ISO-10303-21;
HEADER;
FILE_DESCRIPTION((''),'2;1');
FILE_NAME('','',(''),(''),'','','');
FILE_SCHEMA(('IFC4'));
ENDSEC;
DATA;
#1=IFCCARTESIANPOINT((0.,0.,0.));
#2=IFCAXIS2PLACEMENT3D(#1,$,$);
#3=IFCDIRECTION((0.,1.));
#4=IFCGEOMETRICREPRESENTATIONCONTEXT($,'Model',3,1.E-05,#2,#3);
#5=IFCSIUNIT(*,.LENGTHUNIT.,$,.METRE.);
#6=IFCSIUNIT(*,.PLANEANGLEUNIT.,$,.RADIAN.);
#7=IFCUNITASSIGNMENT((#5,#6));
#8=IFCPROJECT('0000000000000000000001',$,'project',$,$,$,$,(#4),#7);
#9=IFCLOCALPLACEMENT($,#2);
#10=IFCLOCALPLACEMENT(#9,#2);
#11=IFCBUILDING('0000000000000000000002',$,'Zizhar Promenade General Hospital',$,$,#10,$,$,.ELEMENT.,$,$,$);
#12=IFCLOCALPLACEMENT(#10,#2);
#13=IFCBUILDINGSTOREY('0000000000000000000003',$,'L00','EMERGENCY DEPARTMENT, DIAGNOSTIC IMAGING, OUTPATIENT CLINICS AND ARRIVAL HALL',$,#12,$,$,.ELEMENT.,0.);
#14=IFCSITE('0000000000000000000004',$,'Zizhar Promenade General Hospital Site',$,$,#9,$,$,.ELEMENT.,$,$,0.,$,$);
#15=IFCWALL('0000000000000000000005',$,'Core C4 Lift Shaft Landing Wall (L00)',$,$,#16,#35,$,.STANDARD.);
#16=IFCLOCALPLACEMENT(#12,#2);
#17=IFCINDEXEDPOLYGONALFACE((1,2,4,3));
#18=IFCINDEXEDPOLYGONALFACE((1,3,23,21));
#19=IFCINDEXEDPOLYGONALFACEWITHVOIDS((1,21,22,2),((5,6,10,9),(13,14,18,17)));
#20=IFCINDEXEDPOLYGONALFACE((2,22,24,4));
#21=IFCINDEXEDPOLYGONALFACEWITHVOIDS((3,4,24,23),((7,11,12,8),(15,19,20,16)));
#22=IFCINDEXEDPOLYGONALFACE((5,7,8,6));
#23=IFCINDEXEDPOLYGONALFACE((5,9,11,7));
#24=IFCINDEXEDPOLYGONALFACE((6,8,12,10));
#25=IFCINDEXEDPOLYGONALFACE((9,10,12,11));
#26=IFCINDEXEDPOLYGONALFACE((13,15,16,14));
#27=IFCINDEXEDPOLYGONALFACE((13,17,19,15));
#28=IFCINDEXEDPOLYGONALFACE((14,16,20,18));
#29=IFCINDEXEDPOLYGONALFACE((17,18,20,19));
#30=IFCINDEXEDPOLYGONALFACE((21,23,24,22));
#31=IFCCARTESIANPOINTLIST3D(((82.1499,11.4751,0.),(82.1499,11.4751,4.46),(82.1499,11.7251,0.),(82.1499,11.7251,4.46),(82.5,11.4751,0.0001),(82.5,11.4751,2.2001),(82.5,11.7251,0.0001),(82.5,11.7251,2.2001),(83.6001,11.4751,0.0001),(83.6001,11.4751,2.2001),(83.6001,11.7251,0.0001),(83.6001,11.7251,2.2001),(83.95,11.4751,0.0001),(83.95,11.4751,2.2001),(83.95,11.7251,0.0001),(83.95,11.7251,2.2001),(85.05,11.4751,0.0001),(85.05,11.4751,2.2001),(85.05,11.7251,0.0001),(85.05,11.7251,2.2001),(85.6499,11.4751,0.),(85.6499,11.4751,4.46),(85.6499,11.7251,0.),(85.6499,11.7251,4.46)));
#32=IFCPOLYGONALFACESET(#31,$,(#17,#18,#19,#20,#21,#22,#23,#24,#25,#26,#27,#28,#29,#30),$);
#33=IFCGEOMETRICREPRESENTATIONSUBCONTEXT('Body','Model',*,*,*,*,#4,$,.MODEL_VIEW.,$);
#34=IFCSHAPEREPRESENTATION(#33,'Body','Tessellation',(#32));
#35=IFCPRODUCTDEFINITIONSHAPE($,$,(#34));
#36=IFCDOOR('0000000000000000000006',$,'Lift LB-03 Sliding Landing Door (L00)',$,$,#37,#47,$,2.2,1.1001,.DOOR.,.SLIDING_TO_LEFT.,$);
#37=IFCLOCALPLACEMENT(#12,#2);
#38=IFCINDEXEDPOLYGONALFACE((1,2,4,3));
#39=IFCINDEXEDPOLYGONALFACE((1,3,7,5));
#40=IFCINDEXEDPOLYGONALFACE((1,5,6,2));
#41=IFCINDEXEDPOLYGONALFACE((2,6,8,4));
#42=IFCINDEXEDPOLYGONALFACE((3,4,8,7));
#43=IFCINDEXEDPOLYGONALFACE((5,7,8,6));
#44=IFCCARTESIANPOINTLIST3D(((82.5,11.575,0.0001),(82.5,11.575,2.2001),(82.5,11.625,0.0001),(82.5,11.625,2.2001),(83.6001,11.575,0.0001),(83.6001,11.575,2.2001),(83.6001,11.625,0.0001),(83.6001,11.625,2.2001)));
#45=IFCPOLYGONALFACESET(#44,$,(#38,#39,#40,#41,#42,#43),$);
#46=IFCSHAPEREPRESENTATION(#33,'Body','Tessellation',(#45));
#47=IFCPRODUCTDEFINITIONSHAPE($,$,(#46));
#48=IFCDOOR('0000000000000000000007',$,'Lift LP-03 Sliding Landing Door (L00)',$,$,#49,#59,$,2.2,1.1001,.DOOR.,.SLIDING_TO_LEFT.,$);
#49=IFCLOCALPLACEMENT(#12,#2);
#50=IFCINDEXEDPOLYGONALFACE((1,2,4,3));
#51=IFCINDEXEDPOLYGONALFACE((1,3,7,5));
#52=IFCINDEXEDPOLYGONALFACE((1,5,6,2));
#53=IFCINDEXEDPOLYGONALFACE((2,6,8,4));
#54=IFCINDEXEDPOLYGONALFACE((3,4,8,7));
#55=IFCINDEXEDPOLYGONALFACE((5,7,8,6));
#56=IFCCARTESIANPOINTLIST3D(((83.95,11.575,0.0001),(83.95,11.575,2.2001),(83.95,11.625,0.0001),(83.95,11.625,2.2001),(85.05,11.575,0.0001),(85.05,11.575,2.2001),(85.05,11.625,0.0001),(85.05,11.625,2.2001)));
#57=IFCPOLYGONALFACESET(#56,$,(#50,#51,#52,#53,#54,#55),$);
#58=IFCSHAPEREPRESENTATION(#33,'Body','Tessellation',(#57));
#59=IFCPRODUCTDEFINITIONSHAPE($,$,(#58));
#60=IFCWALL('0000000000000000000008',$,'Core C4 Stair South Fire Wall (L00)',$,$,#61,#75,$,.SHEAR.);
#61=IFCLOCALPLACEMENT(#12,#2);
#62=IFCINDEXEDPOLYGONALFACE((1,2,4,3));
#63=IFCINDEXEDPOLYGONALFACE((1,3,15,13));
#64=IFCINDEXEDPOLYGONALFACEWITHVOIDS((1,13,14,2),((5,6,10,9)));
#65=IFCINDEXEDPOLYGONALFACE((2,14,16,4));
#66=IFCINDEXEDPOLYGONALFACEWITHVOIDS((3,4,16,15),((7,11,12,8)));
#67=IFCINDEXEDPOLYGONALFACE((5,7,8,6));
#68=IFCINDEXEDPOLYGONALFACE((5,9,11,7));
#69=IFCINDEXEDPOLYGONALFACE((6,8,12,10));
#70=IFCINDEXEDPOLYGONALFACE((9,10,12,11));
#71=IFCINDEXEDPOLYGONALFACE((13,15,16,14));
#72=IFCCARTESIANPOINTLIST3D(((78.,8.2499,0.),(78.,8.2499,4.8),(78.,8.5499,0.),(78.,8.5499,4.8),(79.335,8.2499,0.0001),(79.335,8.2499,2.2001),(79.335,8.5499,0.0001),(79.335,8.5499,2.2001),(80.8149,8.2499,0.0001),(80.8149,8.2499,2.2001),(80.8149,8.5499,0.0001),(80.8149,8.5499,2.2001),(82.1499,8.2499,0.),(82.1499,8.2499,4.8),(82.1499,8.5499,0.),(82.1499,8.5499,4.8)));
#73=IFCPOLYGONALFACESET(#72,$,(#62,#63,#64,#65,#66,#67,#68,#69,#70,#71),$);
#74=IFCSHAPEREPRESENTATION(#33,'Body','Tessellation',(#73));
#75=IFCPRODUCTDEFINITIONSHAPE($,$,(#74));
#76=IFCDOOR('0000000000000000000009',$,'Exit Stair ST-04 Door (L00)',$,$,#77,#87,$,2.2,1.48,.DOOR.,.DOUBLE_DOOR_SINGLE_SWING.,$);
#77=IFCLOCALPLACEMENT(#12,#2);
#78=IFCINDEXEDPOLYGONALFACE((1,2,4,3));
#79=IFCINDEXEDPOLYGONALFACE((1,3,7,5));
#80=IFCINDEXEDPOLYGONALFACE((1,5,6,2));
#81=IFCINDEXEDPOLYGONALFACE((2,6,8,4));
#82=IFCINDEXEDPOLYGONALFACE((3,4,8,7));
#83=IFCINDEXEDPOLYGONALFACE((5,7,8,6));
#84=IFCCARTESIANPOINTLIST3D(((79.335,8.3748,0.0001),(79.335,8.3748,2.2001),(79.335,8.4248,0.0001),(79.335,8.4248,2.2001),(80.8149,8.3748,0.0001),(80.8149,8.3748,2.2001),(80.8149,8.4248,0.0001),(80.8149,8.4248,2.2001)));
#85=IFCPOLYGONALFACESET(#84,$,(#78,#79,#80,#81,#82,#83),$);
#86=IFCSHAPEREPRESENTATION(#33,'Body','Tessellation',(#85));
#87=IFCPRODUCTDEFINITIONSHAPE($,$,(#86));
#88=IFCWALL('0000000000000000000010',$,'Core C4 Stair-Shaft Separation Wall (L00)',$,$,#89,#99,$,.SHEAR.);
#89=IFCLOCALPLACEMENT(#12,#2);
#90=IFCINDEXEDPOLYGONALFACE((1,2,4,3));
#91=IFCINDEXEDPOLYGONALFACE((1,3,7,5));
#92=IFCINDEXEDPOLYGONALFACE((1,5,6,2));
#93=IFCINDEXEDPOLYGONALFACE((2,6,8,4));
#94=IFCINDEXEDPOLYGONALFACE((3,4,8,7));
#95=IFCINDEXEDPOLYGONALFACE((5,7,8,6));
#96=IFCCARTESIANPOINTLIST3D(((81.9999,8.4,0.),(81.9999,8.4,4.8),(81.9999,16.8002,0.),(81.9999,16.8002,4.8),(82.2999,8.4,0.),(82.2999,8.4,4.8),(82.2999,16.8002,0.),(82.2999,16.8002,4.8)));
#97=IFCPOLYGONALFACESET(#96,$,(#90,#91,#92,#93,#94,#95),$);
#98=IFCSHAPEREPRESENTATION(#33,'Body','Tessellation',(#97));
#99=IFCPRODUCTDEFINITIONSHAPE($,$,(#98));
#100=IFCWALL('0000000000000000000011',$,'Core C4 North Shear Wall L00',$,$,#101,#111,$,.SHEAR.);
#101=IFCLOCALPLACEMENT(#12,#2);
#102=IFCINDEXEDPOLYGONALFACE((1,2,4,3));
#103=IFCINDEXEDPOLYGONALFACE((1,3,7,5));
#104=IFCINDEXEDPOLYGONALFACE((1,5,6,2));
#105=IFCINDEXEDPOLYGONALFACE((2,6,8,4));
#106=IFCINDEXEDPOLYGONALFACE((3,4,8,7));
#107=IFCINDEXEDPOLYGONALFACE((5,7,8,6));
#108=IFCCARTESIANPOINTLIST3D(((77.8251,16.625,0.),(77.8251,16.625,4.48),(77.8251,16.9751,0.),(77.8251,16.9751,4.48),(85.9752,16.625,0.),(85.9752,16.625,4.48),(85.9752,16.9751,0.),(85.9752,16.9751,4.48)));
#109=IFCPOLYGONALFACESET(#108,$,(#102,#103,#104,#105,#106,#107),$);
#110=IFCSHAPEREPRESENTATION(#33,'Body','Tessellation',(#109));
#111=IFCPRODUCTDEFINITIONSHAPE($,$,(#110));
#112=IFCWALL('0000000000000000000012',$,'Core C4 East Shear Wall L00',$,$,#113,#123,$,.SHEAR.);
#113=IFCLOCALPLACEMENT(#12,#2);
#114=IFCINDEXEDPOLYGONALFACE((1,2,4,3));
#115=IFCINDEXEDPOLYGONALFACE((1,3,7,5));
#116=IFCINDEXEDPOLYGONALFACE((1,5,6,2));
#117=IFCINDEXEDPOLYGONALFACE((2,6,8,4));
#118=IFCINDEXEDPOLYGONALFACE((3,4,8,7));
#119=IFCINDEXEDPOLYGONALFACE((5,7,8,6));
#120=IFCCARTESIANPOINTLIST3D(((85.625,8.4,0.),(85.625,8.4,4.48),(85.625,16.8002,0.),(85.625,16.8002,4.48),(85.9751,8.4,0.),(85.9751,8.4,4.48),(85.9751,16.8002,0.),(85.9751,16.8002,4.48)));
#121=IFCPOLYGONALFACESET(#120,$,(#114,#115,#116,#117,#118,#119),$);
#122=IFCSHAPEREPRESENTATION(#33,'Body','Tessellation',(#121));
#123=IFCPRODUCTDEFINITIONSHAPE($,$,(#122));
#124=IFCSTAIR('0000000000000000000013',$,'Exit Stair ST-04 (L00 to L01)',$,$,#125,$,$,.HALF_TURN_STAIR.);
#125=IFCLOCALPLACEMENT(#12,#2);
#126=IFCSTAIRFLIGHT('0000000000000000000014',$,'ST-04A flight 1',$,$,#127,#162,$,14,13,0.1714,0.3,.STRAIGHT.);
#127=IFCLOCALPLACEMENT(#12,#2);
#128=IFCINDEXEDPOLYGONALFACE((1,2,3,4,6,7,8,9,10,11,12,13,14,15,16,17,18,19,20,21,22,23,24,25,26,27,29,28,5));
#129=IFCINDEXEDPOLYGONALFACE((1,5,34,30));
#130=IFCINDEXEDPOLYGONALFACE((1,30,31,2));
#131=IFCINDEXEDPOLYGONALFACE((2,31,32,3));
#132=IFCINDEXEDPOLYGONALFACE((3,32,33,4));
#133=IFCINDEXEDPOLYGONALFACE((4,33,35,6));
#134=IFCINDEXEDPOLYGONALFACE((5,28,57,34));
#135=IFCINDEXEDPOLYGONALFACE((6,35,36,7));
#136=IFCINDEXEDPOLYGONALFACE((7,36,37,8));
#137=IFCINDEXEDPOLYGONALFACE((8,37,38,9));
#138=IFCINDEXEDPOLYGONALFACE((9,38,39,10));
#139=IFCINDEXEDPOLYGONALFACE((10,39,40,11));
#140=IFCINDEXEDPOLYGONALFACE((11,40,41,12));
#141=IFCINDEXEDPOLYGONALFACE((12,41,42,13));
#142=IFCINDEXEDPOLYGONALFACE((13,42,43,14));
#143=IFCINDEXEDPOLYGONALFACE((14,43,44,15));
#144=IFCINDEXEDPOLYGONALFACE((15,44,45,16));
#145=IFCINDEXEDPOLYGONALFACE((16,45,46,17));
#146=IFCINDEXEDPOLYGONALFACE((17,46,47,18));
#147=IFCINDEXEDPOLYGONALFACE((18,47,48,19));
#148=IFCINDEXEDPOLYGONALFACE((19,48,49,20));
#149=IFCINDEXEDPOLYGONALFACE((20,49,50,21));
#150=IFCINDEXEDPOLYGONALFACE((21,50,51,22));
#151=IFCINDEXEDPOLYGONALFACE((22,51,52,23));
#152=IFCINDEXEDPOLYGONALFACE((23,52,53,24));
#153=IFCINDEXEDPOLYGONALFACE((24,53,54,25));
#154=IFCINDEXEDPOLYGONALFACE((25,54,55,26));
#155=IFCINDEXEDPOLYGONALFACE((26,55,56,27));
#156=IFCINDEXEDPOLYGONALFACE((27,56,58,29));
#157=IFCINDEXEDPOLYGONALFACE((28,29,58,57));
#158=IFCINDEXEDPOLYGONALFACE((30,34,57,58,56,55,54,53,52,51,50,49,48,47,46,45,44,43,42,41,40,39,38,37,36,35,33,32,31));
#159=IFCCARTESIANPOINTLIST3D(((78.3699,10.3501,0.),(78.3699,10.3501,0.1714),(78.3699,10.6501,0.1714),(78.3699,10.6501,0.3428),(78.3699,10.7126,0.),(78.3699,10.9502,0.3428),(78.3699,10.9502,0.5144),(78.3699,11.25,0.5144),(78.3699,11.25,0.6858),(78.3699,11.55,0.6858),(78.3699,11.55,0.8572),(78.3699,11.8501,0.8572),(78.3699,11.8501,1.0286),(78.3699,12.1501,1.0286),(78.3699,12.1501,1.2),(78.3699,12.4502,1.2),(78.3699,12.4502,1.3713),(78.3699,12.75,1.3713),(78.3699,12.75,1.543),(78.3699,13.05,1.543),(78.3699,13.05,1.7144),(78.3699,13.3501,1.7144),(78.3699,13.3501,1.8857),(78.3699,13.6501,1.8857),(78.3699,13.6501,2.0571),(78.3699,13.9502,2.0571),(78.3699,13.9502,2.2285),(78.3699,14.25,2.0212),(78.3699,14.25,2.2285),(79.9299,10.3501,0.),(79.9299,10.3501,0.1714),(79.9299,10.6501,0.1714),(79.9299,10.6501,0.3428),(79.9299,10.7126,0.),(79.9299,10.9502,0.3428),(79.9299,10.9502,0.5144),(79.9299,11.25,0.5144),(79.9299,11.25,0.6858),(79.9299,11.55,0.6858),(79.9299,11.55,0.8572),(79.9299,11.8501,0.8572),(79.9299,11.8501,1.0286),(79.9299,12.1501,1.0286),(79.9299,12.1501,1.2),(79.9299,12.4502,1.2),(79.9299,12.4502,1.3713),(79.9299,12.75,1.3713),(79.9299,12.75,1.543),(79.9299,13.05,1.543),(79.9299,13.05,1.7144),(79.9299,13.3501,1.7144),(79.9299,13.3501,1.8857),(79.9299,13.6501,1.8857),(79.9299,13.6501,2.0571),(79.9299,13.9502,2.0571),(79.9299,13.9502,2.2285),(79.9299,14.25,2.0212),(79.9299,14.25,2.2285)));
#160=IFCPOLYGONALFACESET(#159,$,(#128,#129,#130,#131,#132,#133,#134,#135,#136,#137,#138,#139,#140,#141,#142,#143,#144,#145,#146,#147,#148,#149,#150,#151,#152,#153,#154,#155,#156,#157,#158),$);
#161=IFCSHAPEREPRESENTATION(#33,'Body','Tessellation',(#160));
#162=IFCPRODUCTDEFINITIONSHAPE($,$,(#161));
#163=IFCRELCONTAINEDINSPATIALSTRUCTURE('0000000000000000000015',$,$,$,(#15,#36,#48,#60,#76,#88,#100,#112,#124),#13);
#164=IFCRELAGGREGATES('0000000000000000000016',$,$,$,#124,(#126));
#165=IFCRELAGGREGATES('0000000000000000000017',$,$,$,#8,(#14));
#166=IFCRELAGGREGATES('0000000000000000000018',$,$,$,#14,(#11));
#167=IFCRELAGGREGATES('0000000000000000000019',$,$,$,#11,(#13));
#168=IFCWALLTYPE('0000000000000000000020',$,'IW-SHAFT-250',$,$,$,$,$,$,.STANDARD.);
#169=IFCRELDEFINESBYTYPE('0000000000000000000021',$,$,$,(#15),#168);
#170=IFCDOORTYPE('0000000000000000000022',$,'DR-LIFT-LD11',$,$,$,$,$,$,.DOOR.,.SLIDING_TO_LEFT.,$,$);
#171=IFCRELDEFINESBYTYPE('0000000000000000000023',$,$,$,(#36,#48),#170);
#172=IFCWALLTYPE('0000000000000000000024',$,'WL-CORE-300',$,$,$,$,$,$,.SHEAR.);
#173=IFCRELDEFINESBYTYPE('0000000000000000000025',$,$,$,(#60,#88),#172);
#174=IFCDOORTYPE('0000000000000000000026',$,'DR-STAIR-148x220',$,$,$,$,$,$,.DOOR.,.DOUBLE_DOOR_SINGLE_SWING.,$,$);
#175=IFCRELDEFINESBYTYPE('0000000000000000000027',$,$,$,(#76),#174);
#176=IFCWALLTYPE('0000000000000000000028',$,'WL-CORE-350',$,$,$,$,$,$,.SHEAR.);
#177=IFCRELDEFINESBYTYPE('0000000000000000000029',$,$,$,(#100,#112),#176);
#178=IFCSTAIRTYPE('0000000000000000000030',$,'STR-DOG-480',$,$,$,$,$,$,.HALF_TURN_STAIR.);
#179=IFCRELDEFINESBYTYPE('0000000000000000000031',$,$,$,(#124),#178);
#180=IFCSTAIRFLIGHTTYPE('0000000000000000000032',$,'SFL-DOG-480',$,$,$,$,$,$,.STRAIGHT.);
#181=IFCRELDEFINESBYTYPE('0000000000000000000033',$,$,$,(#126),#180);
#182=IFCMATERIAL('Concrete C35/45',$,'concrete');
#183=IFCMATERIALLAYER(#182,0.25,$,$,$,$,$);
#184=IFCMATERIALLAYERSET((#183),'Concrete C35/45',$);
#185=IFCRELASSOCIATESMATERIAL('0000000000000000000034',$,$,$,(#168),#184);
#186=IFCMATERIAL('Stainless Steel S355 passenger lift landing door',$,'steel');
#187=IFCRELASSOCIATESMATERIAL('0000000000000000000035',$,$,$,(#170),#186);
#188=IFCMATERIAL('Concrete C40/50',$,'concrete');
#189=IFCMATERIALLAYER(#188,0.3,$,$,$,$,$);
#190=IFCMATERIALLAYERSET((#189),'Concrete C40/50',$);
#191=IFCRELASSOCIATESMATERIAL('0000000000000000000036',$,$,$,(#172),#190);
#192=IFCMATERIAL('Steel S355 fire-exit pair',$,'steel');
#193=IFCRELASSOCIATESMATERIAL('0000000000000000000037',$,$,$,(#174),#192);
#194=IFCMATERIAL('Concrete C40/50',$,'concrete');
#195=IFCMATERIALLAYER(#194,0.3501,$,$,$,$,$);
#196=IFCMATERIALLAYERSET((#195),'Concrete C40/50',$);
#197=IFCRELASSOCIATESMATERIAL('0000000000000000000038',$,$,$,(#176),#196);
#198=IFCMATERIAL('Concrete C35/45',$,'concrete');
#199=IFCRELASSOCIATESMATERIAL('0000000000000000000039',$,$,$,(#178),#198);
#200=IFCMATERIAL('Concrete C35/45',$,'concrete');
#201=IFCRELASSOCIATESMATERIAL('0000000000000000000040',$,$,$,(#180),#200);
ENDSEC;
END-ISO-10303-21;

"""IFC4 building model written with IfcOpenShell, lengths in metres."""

from ifc_helpers import new_model, si_unit, direction, frame, frame_2d, origin, place, context, subcontext, project, spatial, polyline, rectangle, outline, extrude, material, layer, layer_set, type_object, element, fill, aggregate, save


model = new_model("IFC4")

# Units and contexts
model_context = context("Model", 3, precision=1e-05, world=origin(), true_north=direction((0.0, 1.0)))
body_context = subcontext(model_context, "Body", "Model", "MODEL_VIEW")
ifc_project = project(units=[si_unit("LENGTHUNIT", "METRE"), si_unit("PLANEANGLEUNIT", "RADIAN")], contexts=[model_context])

# Site, building, storey
site_placement = place(None, origin())
site = spatial("IfcSite", under=ifc_project, at=site_placement, Name="Zizhar Promenade General Hospital Site", CompositionType="ELEMENT", RefElevation=0.0)
building_placement = place(site_placement, origin())
building = spatial("IfcBuilding", under=site, at=building_placement, Name="Zizhar Promenade General Hospital", CompositionType="ELEMENT")
storey_placement = place(building_placement, origin())
storey = spatial("IfcBuildingStorey", under=building, at=storey_placement, Name="L00", Description="EMERGENCY DEPARTMENT, DIAGNOSTIC IMAGING, OUTPATIENT CLINICS AND ARRIVAL HALL", CompositionType="ELEMENT", Elevation=0.0)

# Wall, openings, doors
ifc_material_1 = material(Name="Concrete C35/45", Category="concrete")
ifc_layer_1 = layer(ifc_material_1, 0.25)
ifc_layer_set_1 = layer_set([ifc_layer_1], Name="Concrete C35/45")
wall_type_1 = type_object("IfcWallType", Name="IW-SHAFT-250", PredefinedType="STANDARD", material=ifc_layer_set_1)
wall_1_placement = place(storey_placement, frame((82.1499, 11.6001, 0.0), z_axis=(0.0, 0.0, 1.0), x_axis=(1.0, 0.0, 0.0)))
wall_1 = element("IfcWall", 1, at=wall_1_placement, inside=storey, type_object=wall_type_1, Name="Core C4 Lift Shaft Landing Wall (L00)", PredefinedType="STANDARD", context=body_context, shape_type="SweptSolid", body=[
    extrude(rectangle(XDim=3.5, YDim=0.25, at=frame_2d((1.75, 0.0))), origin(), (0.0, 0.0, 1.0), 4.46),
])
opening_1_placement = place(wall_1_placement, frame((0.3501, 0.0, 0.0)))
opening_1 = element("IfcOpeningElement", 2, at=opening_1_placement, cuts=wall_1, PredefinedType="OPENING", context=body_context, shape_type="SweptSolid", body=[
    extrude(rectangle(XDim=1.1001, YDim=2.2, at=frame_2d((0.55, 1.1001))), frame((0.0, 0.135, 0.0), z_axis=(0.0, -1.0, 0.0), x_axis=(1.0, 0.0, 0.0)), (0.0, 0.0, 1.0), 0.27),
])
opening_2_placement = place(wall_1_placement, frame((1.8, 0.0, 0.0)))
opening_2 = element("IfcOpeningElement", 3, at=opening_2_placement, cuts=wall_1, PredefinedType="OPENING", context=body_context, shape_type="SweptSolid", body=[
    extrude(rectangle(XDim=1.1001, YDim=2.2, at=frame_2d((0.55, 1.1001))), frame((0.0, 0.135, 0.0), z_axis=(0.0, -1.0, 0.0), x_axis=(1.0, 0.0, 0.0)), (0.0, 0.0, 1.0), 0.27),
])
ifc_material_2 = material(Name="Stainless Steel S355 passenger lift landing door", Category="steel")
door_type_1 = type_object("IfcDoorType", Name="DR-LIFT-LD11", OperationType="SLIDING_TO_LEFT", PredefinedType="DOOR", material=ifc_material_2)
door_1_placement = place(opening_1_placement, origin())
door_1 = element("IfcDoor", 4, at=door_1_placement, inside=storey, type_object=door_type_1, Name="Lift LB-03 Sliding Landing Door (L00)", OperationType="SLIDING_TO_LEFT", OverallHeight=2.2, OverallWidth=1.1001, PredefinedType="DOOR", context=body_context, shape_type="SweptSolid", body=[
    extrude(rectangle(XDim=1.1001, YDim=2.2, at=frame_2d((0.55, 1.1001))), frame((0.0, 0.0249, 0.0), z_axis=(0.0, -1.0, 0.0), x_axis=(1.0, 0.0, 0.0)), (0.0, 0.0, 1.0), 0.05),
])
fill(opening_1, door_1)
door_2_placement = place(opening_2_placement, origin())
door_2 = element("IfcDoor", 5, at=door_2_placement, inside=storey, type_object=door_type_1, Name="Lift LP-03 Sliding Landing Door (L00)", OperationType="SLIDING_TO_LEFT", OverallHeight=2.2, OverallWidth=1.1001, PredefinedType="DOOR", context=body_context, shape_type="SweptSolid", body=[
    extrude(rectangle(XDim=1.1001, YDim=2.2, at=frame_2d((0.55, 1.1001))), frame((0.0, 0.0249, 0.0), z_axis=(0.0, -1.0, 0.0), x_axis=(1.0, 0.0, 0.0)), (0.0, 0.0, 1.0), 0.05),
])
fill(opening_2, door_2)

# Wall, opening, door
ifc_material_3 = material(Name="Concrete C40/50", Category="concrete")
ifc_layer_2 = layer(ifc_material_3, 0.3)
ifc_layer_set_2 = layer_set([ifc_layer_2], Name="Concrete C40/50")
wall_type_2 = type_object("IfcWallType", Name="WL-CORE-300", PredefinedType="SHEAR", material=ifc_layer_set_2)
wall_2_placement = place(storey_placement, frame((78.0, 8.3999, 0.0), z_axis=(0.0, 0.0, 1.0), x_axis=(1.0, 0.0, 0.0)))
wall_2 = element("IfcWall", 6, at=wall_2_placement, inside=storey, type_object=wall_type_2, Name="Core C4 Stair South Fire Wall (L00)", PredefinedType="SHEAR", context=body_context, shape_type="SweptSolid", body=[
    extrude(rectangle(XDim=4.1499, YDim=0.3, at=frame_2d((2.075, 0.0))), origin(), (0.0, 0.0, 1.0), 4.8),
])
opening_3_placement = place(wall_2_placement, frame((1.335, 0.0, 0.0)))
opening_3 = element("IfcOpeningElement", 7, at=opening_3_placement, cuts=wall_2, PredefinedType="OPENING", context=body_context, shape_type="SweptSolid", body=[
    extrude(rectangle(XDim=1.48, YDim=2.2, at=frame_2d((0.74, 1.1001))), frame((0.0, 0.1602, 0.0), z_axis=(0.0, -1.0, 0.0), x_axis=(1.0, 0.0, 0.0)), (0.0, 0.0, 1.0), 0.3201),
])
ifc_material_4 = material(Name="Steel S355 fire-exit pair", Category="steel")
door_type_2 = type_object("IfcDoorType", Name="DR-STAIR-148x220", OperationType="DOUBLE_DOOR_SINGLE_SWING", PredefinedType="DOOR", material=ifc_material_4)
door_3_placement = place(opening_3_placement, origin())
door_3 = element("IfcDoor", 8, at=door_3_placement, inside=storey, type_object=door_type_2, Name="Exit Stair ST-04 Door (L00)", OperationType="DOUBLE_DOOR_SINGLE_SWING", OverallHeight=2.2, OverallWidth=1.48, PredefinedType="DOOR", context=body_context, shape_type="SweptSolid", body=[
    extrude(rectangle(XDim=1.48, YDim=2.2, at=frame_2d((0.74, 1.1001))), frame((0.0, 0.0249, 0.0), z_axis=(0.0, -1.0, 0.0), x_axis=(1.0, 0.0, 0.0)), (0.0, 0.0, 1.0), 0.05),
])
fill(opening_3, door_3)

# Walls
wall_3_placement = place(storey_placement, frame((82.1499, 8.3999, 0.0), z_axis=(0.0, 0.0, 1.0), x_axis=(0.0, 1.0, 0.0)))
element("IfcWall", 9, at=wall_3_placement, inside=storey, type_object=wall_type_2, Name="Core C4 Stair-Shaft Separation Wall (L00)", PredefinedType="SHEAR", context=body_context, shape_type="SweptSolid", body=[
    extrude(rectangle(XDim=8.4001, YDim=0.3, at=frame_2d((4.2002, 0.0))), origin(), (0.0, 0.0, 1.0), 4.8),
])
ifc_material_5 = material(Name="Concrete C40/50", Category="concrete")
ifc_layer_3 = layer(ifc_material_5, 0.3501)
ifc_layer_set_3 = layer_set([ifc_layer_3], Name="Concrete C40/50")
wall_type_3 = type_object("IfcWallType", Name="WL-CORE-350", PredefinedType="SHEAR", material=ifc_layer_set_3)
wall_4_placement = place(storey_placement, frame((77.825, 16.8, 0.0), z_axis=(0.0, 0.0, 1.0), x_axis=(1.0, 0.0, 0.0)))
element("IfcWall", 10, at=wall_4_placement, inside=storey, type_object=wall_type_3, Name="Core C4 North Shear Wall L00", PredefinedType="SHEAR", context=body_context, shape_type="SweptSolid", body=[
    extrude(rectangle(XDim=8.1501, YDim=0.3501, at=frame_2d((4.0752, 0.0))), origin(), (0.0, 0.0, 1.0), 4.48),
])
wall_5_placement = place(storey_placement, frame((85.8, 8.3999, 0.0), z_axis=(0.0, 0.0, 1.0), x_axis=(0.0, 1.0, 0.0)))
element("IfcWall", 11, at=wall_5_placement, inside=storey, type_object=wall_type_3, Name="Core C4 East Shear Wall L00", PredefinedType="SHEAR", context=body_context, shape_type="SweptSolid", body=[
    extrude(rectangle(XDim=8.4001, YDim=0.3501, at=frame_2d((4.2002, 0.0))), origin(), (0.0, 0.0, 1.0), 4.48),
])

# Stair, stair flight
ifc_material_6 = material(Name="Concrete C35/45", Category="concrete")
stair_type = type_object("IfcStairType", Name="STR-DOG-480", PredefinedType="HALF_TURN_STAIR", material=ifc_material_6)
stair_placement = place(storey_placement, origin())
stair = element("IfcStair", 12, at=stair_placement, inside=storey, type_object=stair_type, Name="Exit Stair ST-04 (L00 to L01)", PredefinedType="HALF_TURN_STAIR")
ifc_material_7 = material(Name="Concrete C35/45", Category="concrete")
stair_flight_type = type_object("IfcStairFlightType", Name="SFL-DOG-480", PredefinedType="STRAIGHT", material=ifc_material_7)
stair_flight_1_placement = place(storey_placement, frame((79.1499, 10.3501, 0.0), z_axis=(0.0, 0.0, 1.0), x_axis=(0.0, 1.0, 0.0)))
stair_flight_1 = element("IfcStairFlight", 13, at=stair_flight_1_placement, type_object=stair_flight_type, Name="ST-04A flight 1", NumberOfRisers=14, NumberOfTreads=13, PredefinedType="STRAIGHT", RiserHeight=0.1714, TreadLength=0.3, context=body_context, shape_type="SweptSolid", body=[
    extrude(outline(polyline([(0.0, 0.0), (0.0, 0.1714), (0.3, 0.1714), (0.3, 0.3428), (0.6001, 0.3428), (0.6001, 0.5144), (0.8999, 0.5144), (0.8999, 0.6858), (1.2, 0.6858), (1.2, 0.8572), (1.5, 0.8572), (1.5, 1.0286), (1.8, 1.0286), (1.8, 1.2), (2.1001, 1.2), (2.1001, 1.3713), (2.3999, 1.3713), (2.3999, 1.543), (2.7, 1.543), (2.7, 1.7144), (3.0, 1.7144), (3.0, 1.8857), (3.3, 1.8857), (3.3, 2.0571), (3.6001, 2.0571), (3.6001, 2.2285), (3.8999, 2.2285), (3.8999, 2.3999), (3.8999, 2.0212), (0.3625, 0.0), (0.0, 0.0)])), frame((0.0, 0.78, 0.0), z_axis=(0.0, -1.0, 0.0), x_axis=(1.0, 0.0, 0.0)), (0.0, 0.0, 1.0), 1.5601),
])
aggregate(stair, [stair_flight_1])

save(model, "model.ifc")
